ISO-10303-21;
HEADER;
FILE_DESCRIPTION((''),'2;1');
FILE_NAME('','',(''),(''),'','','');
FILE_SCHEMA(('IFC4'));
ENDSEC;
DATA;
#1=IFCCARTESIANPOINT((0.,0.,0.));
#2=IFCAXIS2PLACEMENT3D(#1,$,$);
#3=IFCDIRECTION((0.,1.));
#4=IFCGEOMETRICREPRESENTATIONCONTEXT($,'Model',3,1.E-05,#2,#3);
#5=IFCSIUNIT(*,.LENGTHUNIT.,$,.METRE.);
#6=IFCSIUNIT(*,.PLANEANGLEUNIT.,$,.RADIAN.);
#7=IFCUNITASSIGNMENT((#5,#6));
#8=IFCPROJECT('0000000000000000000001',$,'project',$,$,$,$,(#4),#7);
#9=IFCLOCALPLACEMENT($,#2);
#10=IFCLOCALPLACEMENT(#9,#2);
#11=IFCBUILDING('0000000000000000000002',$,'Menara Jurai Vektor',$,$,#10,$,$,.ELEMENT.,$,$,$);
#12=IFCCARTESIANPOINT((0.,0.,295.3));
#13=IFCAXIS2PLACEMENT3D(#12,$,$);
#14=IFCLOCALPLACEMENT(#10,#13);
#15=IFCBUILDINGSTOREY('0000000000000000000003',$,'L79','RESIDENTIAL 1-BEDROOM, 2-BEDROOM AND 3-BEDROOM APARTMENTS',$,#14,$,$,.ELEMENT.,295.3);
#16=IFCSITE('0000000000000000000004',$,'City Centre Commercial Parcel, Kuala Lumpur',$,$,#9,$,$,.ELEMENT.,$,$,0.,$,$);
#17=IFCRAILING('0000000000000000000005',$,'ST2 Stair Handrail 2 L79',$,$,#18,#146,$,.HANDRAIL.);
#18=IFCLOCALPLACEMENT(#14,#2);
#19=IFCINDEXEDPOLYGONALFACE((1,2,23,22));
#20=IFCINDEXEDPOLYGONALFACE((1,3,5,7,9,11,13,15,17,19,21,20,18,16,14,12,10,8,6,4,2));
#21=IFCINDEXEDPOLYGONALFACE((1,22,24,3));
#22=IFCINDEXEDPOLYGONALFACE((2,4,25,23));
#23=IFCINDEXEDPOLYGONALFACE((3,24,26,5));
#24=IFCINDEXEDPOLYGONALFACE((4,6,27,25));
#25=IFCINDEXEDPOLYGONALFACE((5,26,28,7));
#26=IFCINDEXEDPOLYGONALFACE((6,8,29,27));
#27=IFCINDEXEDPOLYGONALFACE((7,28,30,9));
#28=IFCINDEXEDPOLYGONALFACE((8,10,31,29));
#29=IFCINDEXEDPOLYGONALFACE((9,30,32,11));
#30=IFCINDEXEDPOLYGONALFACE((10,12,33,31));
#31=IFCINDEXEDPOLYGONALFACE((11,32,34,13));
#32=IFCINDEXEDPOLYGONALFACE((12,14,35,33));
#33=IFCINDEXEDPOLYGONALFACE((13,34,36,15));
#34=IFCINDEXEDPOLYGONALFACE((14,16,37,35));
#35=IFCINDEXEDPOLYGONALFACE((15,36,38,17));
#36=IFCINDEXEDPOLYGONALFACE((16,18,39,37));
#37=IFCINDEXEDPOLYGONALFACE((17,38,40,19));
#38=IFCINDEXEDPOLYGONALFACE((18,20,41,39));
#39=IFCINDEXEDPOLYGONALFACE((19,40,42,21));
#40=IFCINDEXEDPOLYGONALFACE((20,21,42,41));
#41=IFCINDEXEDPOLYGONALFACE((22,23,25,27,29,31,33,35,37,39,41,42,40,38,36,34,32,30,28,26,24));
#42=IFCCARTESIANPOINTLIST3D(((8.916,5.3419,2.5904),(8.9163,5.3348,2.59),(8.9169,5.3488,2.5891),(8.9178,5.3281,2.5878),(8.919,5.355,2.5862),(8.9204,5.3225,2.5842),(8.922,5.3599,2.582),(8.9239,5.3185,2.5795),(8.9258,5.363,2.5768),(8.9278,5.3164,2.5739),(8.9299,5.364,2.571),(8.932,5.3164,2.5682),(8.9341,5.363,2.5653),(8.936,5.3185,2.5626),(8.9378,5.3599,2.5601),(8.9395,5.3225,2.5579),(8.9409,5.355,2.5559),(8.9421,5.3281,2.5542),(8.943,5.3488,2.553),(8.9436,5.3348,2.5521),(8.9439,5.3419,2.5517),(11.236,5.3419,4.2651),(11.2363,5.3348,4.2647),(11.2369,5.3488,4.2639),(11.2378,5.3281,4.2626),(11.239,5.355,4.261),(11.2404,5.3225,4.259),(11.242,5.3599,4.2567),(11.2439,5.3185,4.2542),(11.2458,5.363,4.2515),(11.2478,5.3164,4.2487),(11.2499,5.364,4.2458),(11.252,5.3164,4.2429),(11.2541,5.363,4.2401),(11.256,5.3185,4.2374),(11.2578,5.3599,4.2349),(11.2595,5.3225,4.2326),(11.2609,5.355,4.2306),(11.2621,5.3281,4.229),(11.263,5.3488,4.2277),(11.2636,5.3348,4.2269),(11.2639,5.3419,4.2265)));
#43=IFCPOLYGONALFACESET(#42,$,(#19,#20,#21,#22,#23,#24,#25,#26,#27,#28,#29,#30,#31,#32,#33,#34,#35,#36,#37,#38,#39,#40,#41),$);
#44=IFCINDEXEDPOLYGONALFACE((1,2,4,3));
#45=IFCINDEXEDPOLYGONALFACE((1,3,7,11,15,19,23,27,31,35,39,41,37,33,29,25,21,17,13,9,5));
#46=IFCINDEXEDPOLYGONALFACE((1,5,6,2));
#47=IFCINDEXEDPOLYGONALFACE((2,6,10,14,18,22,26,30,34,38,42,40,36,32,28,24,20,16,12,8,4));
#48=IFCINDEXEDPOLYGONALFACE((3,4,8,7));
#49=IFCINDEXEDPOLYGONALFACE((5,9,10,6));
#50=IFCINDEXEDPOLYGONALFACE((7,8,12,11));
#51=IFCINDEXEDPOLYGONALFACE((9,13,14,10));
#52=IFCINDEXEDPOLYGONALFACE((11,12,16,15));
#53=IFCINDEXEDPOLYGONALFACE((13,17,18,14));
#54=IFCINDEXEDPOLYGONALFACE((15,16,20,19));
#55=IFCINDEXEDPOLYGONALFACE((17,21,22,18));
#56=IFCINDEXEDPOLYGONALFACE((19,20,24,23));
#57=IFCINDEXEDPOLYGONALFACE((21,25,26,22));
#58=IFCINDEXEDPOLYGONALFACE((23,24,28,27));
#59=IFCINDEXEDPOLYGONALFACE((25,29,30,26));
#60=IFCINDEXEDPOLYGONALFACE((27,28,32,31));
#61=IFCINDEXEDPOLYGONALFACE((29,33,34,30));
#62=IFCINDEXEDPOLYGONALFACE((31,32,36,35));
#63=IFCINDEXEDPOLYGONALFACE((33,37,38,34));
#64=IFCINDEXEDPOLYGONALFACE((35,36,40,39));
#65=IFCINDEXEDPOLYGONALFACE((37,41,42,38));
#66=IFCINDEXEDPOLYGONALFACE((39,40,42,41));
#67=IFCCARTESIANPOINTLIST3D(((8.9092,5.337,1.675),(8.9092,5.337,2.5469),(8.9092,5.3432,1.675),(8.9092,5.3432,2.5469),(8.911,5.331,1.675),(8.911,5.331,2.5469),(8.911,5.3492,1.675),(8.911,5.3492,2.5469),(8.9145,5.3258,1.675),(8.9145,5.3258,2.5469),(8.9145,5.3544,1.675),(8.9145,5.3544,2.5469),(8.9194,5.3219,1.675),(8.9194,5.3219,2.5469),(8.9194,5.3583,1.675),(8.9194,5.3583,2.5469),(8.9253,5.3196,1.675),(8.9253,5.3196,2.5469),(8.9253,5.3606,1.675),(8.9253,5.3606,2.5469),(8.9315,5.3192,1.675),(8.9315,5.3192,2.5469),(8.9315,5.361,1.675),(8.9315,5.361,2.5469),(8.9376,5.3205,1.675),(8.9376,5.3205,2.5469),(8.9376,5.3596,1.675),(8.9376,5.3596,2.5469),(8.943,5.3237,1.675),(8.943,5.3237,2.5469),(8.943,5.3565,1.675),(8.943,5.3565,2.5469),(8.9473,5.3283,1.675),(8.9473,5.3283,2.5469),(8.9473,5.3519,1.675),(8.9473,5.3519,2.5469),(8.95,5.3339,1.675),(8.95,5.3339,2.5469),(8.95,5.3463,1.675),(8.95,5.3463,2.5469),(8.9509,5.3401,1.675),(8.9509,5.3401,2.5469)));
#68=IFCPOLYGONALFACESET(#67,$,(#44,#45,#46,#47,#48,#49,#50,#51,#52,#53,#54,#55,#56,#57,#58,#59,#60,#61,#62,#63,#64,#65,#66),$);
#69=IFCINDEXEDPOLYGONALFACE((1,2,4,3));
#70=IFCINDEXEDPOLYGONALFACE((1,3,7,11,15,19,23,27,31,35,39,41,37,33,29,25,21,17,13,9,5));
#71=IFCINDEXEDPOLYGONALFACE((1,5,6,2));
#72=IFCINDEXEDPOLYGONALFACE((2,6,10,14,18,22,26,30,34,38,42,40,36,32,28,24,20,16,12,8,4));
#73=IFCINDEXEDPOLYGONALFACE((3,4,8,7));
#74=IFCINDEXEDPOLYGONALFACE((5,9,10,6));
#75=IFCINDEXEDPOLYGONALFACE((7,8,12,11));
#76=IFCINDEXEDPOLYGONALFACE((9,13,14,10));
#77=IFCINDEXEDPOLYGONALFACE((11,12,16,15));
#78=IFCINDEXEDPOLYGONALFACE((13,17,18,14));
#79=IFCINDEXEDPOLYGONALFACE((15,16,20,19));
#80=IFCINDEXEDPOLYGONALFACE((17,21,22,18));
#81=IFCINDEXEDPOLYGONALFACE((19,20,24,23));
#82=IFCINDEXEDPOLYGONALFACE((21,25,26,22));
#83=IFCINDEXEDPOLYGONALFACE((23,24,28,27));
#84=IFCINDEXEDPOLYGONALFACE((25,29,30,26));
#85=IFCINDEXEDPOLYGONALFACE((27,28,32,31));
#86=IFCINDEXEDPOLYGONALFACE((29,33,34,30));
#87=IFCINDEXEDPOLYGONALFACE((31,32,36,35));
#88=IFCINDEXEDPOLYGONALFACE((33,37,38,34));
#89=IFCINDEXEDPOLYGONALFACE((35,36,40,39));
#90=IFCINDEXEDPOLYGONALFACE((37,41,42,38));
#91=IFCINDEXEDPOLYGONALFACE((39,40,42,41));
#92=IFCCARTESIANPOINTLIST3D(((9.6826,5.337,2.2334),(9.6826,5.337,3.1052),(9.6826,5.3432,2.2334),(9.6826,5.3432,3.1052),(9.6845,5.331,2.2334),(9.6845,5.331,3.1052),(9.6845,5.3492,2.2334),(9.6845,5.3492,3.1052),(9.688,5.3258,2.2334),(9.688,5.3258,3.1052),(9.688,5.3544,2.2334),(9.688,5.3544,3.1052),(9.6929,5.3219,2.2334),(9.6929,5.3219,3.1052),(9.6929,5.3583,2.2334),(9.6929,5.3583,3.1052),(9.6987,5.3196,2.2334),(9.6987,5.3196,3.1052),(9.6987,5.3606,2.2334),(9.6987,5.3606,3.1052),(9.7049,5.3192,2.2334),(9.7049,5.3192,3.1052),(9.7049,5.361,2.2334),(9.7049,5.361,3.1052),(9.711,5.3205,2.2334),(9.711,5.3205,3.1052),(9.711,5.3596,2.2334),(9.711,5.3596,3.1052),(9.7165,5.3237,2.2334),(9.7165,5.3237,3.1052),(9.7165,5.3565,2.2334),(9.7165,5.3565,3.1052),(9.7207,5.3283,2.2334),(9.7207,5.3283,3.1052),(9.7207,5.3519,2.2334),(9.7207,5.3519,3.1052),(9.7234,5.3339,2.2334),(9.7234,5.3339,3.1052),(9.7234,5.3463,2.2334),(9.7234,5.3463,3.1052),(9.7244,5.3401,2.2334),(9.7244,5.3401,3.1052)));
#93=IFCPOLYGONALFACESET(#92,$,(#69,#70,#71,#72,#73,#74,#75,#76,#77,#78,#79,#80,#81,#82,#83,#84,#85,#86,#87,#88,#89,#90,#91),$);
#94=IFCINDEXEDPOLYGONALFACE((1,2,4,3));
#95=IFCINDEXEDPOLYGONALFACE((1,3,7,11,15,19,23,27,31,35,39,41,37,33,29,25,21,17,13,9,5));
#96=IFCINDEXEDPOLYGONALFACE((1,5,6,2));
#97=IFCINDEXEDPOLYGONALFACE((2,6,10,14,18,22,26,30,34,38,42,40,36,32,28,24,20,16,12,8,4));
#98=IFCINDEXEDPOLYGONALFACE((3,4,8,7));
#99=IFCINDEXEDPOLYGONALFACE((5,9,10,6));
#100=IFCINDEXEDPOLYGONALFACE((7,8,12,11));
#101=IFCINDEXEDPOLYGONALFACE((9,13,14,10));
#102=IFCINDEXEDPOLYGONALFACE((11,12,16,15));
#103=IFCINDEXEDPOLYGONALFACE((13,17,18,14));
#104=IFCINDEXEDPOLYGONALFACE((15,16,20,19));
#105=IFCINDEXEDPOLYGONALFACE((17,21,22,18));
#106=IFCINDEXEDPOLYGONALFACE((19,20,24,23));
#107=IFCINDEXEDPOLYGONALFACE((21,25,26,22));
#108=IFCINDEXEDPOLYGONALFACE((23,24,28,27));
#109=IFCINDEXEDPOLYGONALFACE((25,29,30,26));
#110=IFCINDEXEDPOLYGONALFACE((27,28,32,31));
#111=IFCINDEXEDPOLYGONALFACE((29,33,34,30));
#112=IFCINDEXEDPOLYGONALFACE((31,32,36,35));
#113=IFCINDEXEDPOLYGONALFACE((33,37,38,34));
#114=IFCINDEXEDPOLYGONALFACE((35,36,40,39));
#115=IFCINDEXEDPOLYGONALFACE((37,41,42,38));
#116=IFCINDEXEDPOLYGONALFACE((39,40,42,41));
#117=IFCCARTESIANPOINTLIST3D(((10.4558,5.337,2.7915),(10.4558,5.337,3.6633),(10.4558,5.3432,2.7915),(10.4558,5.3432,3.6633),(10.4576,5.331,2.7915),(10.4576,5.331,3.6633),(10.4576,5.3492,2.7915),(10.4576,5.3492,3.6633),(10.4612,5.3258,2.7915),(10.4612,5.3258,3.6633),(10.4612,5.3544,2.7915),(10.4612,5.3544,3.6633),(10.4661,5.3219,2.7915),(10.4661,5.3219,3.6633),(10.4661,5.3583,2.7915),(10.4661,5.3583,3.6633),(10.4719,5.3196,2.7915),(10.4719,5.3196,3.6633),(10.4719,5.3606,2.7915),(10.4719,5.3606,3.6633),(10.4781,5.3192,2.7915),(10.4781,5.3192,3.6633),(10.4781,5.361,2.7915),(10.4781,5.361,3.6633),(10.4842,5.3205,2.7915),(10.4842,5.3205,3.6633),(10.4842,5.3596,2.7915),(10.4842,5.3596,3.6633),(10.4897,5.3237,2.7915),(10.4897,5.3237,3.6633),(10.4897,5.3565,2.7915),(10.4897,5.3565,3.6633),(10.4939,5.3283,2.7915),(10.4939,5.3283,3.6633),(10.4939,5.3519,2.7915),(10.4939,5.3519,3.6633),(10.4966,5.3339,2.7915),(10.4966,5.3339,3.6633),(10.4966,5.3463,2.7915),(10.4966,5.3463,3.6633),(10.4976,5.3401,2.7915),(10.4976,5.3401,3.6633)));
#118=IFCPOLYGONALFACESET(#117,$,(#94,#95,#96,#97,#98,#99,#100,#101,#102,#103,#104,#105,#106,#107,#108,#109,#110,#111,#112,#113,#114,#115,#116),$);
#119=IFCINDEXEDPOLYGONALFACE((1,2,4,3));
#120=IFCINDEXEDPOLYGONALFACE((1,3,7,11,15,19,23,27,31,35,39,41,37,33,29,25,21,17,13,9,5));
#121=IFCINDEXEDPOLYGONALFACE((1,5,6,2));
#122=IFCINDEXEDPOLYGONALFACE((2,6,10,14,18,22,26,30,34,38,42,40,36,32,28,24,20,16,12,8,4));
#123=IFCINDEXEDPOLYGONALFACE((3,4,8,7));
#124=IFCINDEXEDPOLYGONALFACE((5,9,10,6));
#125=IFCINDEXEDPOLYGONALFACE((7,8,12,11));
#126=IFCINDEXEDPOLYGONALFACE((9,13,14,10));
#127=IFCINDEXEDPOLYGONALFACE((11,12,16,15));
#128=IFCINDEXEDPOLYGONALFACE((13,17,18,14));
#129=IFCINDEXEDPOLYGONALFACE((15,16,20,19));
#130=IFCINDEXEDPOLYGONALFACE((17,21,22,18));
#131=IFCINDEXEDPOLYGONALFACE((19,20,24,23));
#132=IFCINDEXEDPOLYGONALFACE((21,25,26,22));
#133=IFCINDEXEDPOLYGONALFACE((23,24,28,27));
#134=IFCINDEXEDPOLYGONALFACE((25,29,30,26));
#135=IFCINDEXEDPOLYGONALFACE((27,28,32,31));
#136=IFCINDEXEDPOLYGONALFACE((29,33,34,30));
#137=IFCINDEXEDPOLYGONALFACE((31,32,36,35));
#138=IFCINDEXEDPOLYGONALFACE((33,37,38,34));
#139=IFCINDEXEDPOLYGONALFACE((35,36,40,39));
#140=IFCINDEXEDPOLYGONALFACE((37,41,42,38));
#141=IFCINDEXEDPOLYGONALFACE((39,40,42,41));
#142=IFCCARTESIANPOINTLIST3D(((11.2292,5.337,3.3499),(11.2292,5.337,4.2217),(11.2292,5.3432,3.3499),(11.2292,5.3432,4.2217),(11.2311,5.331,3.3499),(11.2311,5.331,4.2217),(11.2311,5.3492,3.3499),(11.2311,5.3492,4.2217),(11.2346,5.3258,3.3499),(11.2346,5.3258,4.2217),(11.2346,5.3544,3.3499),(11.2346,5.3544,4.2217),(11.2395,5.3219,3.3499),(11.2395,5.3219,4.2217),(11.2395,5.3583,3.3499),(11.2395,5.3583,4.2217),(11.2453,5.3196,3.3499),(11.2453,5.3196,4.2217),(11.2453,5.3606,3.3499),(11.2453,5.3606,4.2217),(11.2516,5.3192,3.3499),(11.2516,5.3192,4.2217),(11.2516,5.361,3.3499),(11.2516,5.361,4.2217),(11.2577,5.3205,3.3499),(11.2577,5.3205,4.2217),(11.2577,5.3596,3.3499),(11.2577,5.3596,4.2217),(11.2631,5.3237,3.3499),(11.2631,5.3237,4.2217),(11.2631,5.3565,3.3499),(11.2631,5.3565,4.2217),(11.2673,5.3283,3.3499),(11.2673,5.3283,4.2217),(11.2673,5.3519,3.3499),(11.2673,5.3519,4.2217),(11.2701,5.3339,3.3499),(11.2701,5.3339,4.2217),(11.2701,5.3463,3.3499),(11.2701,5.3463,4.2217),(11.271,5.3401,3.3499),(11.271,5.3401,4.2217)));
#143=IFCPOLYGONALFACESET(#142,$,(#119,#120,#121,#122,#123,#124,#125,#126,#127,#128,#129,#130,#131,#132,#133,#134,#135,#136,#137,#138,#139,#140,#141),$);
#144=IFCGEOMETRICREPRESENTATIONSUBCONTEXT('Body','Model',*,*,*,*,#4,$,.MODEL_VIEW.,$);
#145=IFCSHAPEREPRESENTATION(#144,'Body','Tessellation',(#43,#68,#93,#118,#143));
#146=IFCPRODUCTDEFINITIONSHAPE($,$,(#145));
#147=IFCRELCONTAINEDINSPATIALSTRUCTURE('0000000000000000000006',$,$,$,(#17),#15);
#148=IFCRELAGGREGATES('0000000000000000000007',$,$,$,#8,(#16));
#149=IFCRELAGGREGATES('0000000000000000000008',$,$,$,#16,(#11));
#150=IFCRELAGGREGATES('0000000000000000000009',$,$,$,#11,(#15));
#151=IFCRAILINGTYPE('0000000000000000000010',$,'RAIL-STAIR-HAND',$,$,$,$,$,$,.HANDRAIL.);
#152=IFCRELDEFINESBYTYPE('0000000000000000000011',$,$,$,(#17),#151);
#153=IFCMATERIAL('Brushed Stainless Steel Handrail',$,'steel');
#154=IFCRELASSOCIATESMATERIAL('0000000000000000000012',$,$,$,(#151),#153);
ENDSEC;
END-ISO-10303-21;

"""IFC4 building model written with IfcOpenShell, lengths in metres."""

from ifc_helpers import new_model, si_unit, direction, frame, origin, origin_2d, place, context, subcontext, project, spatial, circle, extrude, material, type_object, element, save


model = new_model("IFC4")

# Units and contexts
model_context = context("Model", 3, precision=1e-05, world=origin(), true_north=direction((0.0, 1.0)))
body_context = subcontext(model_context, "Body", "Model", "MODEL_VIEW")
ifc_project = project(units=[si_unit("LENGTHUNIT", "METRE"), si_unit("PLANEANGLEUNIT", "RADIAN")], contexts=[model_context])

# Site, building, storey
site_placement = place(None, origin())
site = spatial("IfcSite", under=ifc_project, at=site_placement, Name="City Centre Commercial Parcel, Kuala Lumpur", CompositionType="ELEMENT", RefElevation=0.0)
building_placement = place(site_placement, origin())
building = spatial("IfcBuilding", under=site, at=building_placement, Name="Menara Jurai Vektor", CompositionType="ELEMENT")
storey_placement = place(building_placement, frame((0.0, 0.0, 295.3)))
storey = spatial("IfcBuildingStorey", under=building, at=storey_placement, Name="L79", Description="RESIDENTIAL 1-BEDROOM, 2-BEDROOM AND 3-BEDROOM APARTMENTS", CompositionType="ELEMENT", Elevation=295.3)

# Railing
ifc_material_1 = material(Name="Brushed Stainless Steel Handrail", Category="steel")
railing_type_1 = type_object("IfcRailingType", Name="RAIL-STAIR-HAND", PredefinedType="HANDRAIL", material=ifc_material_1)
railing_1_placement = place(storey_placement, frame((8.9299, 5.3401, 1.675)))
element("IfcRailing", 1, at=railing_1_placement, inside=storey, type_object=railing_type_1, Name="ST2 Stair Handrail 2 L79", PredefinedType="HANDRAIL", context=body_context, shape_type="SweptSolid", body=[
    extrude(circle(Radius=0.0239, at=origin_2d()), frame((0.0, 0.0, 0.896), z_axis=(0.810812, 0.0, 0.585307), x_axis=(0.0, 1.0, 0.0)), (0.0, 0.0, 1.0), 2.8613),
    extrude(circle(Radius=0.021, at=origin_2d()), origin(), (0.0, 0.0, 1.0), 0.8718),
    extrude(circle(Radius=0.021, at=origin_2d()), frame((0.7734, 0.0, 0.5583)), (0.0, 0.0, 1.0), 0.8718),
    extrude(circle(Radius=0.021, at=origin_2d()), frame((1.5466, 0.0, 1.1165)), (0.0, 0.0, 1.0), 0.8718),
    extrude(circle(Radius=0.021, at=origin_2d()), frame((2.3201, 0.0, 1.6748)), (0.0, 0.0, 1.0), 0.8718),
])

save(model, "model.ifc")
